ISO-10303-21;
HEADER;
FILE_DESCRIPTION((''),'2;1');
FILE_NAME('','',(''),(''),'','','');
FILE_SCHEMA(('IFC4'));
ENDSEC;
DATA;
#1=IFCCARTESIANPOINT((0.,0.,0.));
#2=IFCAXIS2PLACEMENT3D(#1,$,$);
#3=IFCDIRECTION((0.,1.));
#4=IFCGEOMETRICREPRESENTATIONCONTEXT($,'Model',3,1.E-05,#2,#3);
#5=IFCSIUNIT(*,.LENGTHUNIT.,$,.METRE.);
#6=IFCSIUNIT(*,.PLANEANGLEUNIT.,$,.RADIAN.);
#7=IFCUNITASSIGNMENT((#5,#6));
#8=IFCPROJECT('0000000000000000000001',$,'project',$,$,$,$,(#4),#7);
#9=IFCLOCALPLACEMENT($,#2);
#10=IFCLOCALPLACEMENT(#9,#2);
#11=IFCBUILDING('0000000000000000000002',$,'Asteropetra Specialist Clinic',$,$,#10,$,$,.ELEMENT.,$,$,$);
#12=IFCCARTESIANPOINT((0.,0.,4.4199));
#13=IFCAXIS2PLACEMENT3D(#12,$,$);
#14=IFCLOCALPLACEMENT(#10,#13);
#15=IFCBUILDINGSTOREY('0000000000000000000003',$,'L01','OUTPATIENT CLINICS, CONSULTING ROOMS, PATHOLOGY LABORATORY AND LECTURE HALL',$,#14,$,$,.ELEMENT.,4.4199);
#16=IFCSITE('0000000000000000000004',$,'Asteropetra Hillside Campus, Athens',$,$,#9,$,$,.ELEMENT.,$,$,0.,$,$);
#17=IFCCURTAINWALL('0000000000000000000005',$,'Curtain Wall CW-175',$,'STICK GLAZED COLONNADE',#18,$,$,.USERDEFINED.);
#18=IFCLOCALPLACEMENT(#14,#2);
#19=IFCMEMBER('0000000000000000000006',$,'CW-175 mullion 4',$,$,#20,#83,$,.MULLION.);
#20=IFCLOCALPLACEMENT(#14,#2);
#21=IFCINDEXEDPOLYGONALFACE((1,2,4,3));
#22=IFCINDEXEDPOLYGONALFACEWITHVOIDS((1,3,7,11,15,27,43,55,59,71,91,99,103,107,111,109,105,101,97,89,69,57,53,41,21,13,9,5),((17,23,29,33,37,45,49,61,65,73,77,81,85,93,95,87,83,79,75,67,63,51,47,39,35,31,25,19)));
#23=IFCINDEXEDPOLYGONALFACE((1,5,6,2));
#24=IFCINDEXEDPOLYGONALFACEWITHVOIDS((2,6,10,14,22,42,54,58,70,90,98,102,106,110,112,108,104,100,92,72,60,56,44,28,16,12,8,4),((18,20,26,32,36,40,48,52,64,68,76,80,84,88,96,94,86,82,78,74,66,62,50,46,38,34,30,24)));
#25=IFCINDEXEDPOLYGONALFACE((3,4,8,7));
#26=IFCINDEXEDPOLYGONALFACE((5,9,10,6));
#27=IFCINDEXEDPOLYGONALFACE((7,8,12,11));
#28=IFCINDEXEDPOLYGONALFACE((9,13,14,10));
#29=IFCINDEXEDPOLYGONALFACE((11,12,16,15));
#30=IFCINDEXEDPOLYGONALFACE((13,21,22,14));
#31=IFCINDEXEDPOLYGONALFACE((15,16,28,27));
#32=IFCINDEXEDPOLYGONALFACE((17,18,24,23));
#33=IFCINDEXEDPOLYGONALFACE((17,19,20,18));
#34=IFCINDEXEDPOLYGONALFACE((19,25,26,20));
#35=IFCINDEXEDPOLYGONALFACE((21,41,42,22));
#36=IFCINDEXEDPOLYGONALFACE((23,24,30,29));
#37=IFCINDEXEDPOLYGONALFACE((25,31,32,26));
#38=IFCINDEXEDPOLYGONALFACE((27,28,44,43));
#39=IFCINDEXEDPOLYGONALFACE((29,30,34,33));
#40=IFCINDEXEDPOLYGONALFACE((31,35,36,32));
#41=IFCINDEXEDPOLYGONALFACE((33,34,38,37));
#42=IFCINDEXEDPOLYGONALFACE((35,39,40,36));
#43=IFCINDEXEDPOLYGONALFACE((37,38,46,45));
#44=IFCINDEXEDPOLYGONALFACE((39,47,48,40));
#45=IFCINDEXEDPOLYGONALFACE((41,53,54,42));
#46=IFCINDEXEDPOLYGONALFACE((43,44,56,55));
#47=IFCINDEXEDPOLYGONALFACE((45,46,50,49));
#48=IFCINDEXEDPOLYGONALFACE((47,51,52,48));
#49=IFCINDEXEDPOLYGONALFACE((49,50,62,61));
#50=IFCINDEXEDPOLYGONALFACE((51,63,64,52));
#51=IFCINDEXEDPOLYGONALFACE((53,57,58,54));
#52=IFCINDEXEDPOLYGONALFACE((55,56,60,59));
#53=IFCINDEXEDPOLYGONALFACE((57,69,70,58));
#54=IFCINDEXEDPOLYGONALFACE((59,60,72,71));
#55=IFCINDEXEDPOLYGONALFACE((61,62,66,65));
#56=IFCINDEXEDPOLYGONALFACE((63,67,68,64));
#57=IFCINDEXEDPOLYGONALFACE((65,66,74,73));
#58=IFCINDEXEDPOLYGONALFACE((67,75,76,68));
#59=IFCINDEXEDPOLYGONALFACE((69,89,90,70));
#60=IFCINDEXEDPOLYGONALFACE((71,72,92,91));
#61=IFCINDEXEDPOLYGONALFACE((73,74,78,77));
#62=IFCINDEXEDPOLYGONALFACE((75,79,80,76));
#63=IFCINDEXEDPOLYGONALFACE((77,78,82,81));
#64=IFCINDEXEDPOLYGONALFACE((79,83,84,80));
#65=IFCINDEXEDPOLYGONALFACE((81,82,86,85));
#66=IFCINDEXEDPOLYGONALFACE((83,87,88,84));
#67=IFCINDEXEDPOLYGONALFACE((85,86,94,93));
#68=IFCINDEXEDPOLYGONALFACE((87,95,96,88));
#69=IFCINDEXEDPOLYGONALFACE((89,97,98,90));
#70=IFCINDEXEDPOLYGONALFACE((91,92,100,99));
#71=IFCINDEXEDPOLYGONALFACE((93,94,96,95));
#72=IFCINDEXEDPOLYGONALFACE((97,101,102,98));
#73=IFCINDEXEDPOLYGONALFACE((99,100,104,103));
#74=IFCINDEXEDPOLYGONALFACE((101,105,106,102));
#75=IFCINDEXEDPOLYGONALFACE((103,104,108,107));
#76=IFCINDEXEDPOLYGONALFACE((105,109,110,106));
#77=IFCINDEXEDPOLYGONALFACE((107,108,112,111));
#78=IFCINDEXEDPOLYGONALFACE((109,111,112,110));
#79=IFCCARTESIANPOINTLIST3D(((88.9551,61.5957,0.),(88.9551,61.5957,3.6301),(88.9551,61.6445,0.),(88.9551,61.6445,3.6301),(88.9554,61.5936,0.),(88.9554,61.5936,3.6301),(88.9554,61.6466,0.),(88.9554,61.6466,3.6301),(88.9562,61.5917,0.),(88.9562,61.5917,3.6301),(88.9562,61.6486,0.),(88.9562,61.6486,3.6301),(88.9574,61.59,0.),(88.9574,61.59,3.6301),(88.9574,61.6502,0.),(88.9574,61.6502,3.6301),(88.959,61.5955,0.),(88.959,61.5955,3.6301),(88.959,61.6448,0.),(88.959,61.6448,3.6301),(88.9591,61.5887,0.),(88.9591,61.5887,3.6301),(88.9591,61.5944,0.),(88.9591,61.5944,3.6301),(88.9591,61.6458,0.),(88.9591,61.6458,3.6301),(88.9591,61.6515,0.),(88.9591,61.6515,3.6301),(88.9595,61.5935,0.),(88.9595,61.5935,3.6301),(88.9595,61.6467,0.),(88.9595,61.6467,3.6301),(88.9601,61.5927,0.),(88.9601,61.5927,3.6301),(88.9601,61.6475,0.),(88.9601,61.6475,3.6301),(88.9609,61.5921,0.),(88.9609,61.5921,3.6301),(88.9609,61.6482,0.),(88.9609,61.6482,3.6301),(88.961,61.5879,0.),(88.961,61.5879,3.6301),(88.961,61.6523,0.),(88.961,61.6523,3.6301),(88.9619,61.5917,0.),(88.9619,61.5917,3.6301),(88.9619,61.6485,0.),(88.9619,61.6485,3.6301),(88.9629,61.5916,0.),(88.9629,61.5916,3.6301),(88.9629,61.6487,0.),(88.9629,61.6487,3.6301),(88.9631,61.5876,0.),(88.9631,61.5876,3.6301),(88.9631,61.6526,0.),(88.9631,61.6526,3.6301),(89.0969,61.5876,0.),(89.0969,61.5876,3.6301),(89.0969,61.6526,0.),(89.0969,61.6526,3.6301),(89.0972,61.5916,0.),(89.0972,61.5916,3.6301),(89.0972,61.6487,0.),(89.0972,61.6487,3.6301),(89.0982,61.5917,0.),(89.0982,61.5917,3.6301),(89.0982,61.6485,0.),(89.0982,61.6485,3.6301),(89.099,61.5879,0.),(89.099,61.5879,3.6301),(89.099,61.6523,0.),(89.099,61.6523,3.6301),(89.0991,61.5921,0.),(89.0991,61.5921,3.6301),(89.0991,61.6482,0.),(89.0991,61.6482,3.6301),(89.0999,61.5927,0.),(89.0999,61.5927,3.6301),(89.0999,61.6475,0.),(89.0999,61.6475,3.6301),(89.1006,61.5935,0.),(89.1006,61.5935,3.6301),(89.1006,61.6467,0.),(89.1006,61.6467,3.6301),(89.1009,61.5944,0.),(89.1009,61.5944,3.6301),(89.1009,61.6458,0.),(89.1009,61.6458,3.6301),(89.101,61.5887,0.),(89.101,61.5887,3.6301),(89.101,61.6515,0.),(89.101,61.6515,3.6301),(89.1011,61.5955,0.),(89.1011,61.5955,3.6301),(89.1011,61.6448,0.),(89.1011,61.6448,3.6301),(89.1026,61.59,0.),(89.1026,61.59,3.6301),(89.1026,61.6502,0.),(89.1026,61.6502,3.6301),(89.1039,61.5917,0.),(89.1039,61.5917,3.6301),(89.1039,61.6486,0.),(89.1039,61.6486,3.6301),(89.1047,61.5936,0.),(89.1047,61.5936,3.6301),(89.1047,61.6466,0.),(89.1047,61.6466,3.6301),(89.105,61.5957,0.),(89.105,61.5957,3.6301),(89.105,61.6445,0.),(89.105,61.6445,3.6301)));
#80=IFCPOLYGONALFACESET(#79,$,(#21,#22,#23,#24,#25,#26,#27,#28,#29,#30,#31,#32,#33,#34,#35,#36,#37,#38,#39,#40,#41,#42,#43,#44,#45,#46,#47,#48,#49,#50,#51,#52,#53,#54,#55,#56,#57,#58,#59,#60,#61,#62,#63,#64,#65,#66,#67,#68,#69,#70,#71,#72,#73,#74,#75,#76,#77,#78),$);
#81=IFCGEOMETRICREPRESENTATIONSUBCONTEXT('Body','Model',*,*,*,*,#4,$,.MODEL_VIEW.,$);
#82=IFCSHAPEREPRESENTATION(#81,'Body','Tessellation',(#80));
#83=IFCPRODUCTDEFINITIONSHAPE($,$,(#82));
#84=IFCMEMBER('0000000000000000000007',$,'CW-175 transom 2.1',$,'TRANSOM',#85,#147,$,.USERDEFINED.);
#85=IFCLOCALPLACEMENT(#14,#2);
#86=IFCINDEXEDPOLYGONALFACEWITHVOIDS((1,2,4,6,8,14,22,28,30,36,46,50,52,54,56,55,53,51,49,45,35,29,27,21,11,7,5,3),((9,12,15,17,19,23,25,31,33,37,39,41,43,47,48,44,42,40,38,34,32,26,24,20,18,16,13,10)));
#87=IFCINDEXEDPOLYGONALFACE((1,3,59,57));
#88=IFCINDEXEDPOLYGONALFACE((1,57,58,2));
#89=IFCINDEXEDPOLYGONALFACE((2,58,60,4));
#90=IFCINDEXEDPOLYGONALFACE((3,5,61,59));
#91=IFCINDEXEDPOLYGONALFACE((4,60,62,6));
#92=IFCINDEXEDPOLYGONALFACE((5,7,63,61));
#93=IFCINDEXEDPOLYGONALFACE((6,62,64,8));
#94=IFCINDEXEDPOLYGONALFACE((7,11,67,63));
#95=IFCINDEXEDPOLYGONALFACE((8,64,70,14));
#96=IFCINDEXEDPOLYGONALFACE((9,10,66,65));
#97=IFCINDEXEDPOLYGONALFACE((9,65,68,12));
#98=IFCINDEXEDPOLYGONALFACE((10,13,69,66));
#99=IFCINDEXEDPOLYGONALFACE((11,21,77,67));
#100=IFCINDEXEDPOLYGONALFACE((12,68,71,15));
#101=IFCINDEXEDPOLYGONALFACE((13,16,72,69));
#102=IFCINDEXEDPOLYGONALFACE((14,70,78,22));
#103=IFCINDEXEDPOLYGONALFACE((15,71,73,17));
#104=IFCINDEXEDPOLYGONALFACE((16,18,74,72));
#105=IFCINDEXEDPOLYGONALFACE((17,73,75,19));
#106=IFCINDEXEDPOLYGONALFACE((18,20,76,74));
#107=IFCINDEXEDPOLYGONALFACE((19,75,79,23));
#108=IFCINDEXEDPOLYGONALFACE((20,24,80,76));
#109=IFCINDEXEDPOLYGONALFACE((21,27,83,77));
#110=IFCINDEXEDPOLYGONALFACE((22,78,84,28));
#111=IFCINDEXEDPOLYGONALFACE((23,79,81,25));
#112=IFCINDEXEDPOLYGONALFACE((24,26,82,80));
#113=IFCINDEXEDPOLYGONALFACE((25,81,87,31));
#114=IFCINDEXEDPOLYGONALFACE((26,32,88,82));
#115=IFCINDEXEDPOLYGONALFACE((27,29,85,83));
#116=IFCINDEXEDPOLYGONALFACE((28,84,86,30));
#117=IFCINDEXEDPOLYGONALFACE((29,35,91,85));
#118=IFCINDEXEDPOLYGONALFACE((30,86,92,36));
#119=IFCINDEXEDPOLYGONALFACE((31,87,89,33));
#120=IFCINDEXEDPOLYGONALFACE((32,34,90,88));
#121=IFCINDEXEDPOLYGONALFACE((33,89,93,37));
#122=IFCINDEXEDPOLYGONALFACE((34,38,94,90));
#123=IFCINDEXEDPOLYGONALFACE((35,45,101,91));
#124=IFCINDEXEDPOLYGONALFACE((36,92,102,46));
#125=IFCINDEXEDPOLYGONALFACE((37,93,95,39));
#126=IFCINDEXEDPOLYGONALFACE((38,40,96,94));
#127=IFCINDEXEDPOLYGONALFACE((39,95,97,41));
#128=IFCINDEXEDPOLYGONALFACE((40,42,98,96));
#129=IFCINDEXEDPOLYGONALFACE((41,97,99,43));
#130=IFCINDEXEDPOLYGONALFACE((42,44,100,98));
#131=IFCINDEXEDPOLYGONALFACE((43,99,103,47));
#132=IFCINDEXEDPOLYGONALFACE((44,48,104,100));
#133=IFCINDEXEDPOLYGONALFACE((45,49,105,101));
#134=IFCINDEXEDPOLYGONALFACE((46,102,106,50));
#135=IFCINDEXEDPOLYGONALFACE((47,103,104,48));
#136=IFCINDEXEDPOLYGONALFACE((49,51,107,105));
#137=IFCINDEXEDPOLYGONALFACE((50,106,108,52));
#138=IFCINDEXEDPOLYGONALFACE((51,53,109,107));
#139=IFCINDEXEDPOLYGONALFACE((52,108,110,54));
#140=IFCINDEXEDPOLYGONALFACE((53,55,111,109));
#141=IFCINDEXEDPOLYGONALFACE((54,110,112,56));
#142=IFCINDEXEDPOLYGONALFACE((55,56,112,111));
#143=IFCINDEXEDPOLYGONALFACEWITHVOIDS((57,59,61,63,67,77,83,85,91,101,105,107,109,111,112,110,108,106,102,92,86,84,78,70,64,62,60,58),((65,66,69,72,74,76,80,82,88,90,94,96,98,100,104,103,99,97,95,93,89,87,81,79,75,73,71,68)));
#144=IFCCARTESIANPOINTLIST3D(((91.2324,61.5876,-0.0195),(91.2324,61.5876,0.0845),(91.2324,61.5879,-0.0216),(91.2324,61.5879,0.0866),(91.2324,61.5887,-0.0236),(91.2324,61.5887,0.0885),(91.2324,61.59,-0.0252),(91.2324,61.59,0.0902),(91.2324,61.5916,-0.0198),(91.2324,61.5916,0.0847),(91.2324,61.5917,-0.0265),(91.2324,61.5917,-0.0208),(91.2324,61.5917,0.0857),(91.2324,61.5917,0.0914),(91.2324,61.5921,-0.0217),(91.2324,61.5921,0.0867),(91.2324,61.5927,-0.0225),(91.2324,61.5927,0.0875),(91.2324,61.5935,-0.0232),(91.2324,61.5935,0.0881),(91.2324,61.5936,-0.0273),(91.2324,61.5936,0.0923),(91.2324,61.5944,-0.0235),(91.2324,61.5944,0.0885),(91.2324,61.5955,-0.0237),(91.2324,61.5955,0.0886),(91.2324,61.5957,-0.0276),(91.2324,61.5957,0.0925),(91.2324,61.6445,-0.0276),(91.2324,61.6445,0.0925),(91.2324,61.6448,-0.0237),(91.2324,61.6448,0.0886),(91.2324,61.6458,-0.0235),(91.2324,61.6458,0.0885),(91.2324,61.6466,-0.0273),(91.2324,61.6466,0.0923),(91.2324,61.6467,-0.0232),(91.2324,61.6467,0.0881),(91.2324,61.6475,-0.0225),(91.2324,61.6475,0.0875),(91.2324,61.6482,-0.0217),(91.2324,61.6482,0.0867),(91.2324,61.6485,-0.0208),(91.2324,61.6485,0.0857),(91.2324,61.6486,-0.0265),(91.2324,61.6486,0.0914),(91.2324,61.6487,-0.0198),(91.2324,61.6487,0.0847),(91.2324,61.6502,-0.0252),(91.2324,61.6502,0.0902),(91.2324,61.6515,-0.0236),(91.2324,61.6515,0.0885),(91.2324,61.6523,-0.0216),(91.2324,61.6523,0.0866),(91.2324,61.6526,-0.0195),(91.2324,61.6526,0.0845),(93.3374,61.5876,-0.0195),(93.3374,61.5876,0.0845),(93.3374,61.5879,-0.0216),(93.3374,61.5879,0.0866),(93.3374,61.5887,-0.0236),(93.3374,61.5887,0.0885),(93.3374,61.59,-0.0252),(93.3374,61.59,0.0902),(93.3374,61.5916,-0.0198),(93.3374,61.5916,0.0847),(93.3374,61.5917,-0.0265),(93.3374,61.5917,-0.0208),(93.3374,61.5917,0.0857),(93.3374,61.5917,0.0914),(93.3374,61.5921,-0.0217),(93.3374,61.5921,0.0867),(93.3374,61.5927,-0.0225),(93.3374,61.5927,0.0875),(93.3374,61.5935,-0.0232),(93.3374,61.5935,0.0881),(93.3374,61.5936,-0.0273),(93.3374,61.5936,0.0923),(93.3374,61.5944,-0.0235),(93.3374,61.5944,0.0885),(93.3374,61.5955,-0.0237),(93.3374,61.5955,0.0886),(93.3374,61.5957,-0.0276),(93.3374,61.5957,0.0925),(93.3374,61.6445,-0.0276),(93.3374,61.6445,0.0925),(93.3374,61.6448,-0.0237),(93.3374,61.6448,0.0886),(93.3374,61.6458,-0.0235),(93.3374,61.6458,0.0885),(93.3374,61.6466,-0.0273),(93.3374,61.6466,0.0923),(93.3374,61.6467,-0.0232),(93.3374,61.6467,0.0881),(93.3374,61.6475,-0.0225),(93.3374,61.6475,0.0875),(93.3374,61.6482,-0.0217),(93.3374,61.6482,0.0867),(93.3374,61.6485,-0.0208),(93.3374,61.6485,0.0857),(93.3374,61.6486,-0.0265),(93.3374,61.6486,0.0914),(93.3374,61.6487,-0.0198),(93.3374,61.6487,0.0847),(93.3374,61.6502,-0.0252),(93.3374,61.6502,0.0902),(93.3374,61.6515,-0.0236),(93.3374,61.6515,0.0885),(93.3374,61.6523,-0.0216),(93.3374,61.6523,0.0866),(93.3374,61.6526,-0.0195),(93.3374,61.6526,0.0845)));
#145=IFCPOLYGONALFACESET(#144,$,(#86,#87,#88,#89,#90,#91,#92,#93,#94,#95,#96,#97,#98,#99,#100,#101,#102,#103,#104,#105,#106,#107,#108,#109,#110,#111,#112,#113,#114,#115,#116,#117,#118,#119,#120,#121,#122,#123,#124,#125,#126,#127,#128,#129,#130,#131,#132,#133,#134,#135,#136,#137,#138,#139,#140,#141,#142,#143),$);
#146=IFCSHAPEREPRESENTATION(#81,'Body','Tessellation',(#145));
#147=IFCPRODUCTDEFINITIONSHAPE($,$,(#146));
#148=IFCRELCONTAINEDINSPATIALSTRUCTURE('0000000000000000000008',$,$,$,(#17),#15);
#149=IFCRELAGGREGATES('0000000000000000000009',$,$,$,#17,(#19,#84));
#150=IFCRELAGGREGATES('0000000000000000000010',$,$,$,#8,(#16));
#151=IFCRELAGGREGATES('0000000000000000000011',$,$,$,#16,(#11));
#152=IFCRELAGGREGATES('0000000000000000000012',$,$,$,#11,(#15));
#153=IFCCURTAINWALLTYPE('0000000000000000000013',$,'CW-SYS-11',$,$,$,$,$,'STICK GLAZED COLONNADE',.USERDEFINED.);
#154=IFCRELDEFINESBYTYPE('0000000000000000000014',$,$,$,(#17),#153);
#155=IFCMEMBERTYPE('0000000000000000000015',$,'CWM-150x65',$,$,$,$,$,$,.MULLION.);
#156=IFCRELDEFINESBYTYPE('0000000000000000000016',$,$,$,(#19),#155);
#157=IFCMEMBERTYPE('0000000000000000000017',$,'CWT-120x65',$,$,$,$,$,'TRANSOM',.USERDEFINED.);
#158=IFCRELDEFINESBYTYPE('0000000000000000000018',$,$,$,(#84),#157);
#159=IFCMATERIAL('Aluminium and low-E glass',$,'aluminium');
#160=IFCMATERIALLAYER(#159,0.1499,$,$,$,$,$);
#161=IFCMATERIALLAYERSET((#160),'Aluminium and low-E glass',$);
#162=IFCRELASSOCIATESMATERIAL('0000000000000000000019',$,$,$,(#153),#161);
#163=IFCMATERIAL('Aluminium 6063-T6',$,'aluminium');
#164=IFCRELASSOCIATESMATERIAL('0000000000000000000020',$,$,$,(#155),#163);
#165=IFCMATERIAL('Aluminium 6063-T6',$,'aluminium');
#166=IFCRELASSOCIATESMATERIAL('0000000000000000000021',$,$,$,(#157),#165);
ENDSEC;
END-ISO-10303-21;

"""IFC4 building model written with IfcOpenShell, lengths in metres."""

from ifc_helpers import new_model, si_unit, direction, frame, origin, origin_2d, place, context, subcontext, project, spatial, hollow_rectangle, extrude, material, layer, layer_set, material_profile, profile_set, type_object, element, aggregate, save


model = new_model("IFC4")

# Units and contexts
model_context = context("Model", 3, precision=1e-05, world=origin(), true_north=direction((0.0, 1.0)))
body_context = subcontext(model_context, "Body", "Model", "MODEL_VIEW")
ifc_project = project(units=[si_unit("LENGTHUNIT", "METRE"), si_unit("PLANEANGLEUNIT", "RADIAN")], contexts=[model_context])

# Site, building, storey
site_placement = place(None, origin())
site = spatial("IfcSite", under=ifc_project, at=site_placement, Name="Asteropetra Hillside Campus, Athens", CompositionType="ELEMENT", RefElevation=0.0)
building_placement = place(site_placement, origin())
building = spatial("IfcBuilding", under=site, at=building_placement, Name="Asteropetra Specialist Clinic", CompositionType="ELEMENT")
storey_placement = place(building_placement, frame((0.0, 0.0, 4.4199)))
storey = spatial("IfcBuildingStorey", under=building, at=storey_placement, Name="L01", Description="OUTPATIENT CLINICS, CONSULTING ROOMS, PATHOLOGY LABORATORY AND LECTURE HALL", CompositionType="ELEMENT", Elevation=4.4199)

# Curtain wall, members
ifc_material_1 = material(Name="Aluminium and low-E glass", Category="aluminium")
ifc_layer_1 = layer(ifc_material_1, 0.1499)
ifc_layer_set_1 = layer_set([ifc_layer_1], Name="Aluminium and low-E glass")
curtain_wall_type = type_object("IfcCurtainWallType", Name="CW-SYS-11", ElementType="STICK GLAZED COLONNADE", PredefinedType="USERDEFINED", material=ifc_layer_set_1)
curtain_wall_placement = place(storey_placement, origin())
curtain_wall = element("IfcCurtainWall", 1, at=curtain_wall_placement, inside=storey, type_object=curtain_wall_type, Name="Curtain Wall CW-175", ObjectType="STICK GLAZED COLONNADE", PredefinedType="USERDEFINED")
ifc_material_2 = material(Name="Aluminium 6063-T6", Category="aluminium")
ifc_material_profile_1 = material_profile(ifc_material_2, hollow_rectangle(XDim=0.0649, YDim=0.1499, WallThickness=0.0039, InnerFilletRadius=0.0039, OuterFilletRadius=0.0081, at=origin_2d()), Name="MUL 150x65x4.0")
ifc_profile_set_1 = profile_set([ifc_material_profile_1], Name="Aluminium 6063-T6")
member_type_1 = type_object("IfcMemberType", Name="CWM-150x65", PredefinedType="MULLION", material=ifc_profile_set_1)
member_1_placement = place(storey_placement, frame((89.03, 61.6201, 0.0), z_axis=(0.0, 0.0, 1.0), x_axis=(0.0, -1.0, 0.0)))
member_1 = element("IfcMember", 2, at=member_1_placement, type_object=member_type_1, Name="CW-175 mullion 4", PredefinedType="MULLION", context=body_context, shape_type="SweptSolid", body=[
    extrude(hollow_rectangle(XDim=0.0649, YDim=0.1499, WallThickness=0.0039, InnerFilletRadius=0.0039, OuterFilletRadius=0.0081, at=origin_2d()), origin(), (0.0, 0.0, 1.0), 3.6301),
])
ifc_material_3 = material(Name="Aluminium 6063-T6", Category="aluminium")
ifc_material_profile_2 = material_profile(ifc_material_3, hollow_rectangle(XDim=0.0649, YDim=0.1201, WallThickness=0.0039, InnerFilletRadius=0.0039, OuterFilletRadius=0.0081, at=origin_2d()), Name="TRN 120x65x4.0")
ifc_profile_set_2 = profile_set([ifc_material_profile_2], Name="Aluminium 6063-T6")
member_type_2 = type_object("IfcMemberType", Name="CWT-120x65", ElementType="TRANSOM", PredefinedType="USERDEFINED", material=ifc_profile_set_2)
member_2_placement = place(storey_placement, frame((93.3374, 61.6201, 0.0325), z_axis=(-1.0, 0.0, 0.0), x_axis=(0.0, -1.0, 0.0)))
member_2 = element("IfcMember", 3, at=member_2_placement, type_object=member_type_2, Name="CW-175 transom 2.1", ObjectType="TRANSOM", PredefinedType="USERDEFINED", context=body_context, shape_type="SweptSolid", body=[
    extrude(hollow_rectangle(XDim=0.0649, YDim=0.1201, WallThickness=0.0039, InnerFilletRadius=0.0039, OuterFilletRadius=0.0081, at=origin_2d()), origin(), (0.0, 0.0, 1.0), 2.105),
])
aggregate(curtain_wall, [member_1, member_2])

save(model, "model.ifc")
